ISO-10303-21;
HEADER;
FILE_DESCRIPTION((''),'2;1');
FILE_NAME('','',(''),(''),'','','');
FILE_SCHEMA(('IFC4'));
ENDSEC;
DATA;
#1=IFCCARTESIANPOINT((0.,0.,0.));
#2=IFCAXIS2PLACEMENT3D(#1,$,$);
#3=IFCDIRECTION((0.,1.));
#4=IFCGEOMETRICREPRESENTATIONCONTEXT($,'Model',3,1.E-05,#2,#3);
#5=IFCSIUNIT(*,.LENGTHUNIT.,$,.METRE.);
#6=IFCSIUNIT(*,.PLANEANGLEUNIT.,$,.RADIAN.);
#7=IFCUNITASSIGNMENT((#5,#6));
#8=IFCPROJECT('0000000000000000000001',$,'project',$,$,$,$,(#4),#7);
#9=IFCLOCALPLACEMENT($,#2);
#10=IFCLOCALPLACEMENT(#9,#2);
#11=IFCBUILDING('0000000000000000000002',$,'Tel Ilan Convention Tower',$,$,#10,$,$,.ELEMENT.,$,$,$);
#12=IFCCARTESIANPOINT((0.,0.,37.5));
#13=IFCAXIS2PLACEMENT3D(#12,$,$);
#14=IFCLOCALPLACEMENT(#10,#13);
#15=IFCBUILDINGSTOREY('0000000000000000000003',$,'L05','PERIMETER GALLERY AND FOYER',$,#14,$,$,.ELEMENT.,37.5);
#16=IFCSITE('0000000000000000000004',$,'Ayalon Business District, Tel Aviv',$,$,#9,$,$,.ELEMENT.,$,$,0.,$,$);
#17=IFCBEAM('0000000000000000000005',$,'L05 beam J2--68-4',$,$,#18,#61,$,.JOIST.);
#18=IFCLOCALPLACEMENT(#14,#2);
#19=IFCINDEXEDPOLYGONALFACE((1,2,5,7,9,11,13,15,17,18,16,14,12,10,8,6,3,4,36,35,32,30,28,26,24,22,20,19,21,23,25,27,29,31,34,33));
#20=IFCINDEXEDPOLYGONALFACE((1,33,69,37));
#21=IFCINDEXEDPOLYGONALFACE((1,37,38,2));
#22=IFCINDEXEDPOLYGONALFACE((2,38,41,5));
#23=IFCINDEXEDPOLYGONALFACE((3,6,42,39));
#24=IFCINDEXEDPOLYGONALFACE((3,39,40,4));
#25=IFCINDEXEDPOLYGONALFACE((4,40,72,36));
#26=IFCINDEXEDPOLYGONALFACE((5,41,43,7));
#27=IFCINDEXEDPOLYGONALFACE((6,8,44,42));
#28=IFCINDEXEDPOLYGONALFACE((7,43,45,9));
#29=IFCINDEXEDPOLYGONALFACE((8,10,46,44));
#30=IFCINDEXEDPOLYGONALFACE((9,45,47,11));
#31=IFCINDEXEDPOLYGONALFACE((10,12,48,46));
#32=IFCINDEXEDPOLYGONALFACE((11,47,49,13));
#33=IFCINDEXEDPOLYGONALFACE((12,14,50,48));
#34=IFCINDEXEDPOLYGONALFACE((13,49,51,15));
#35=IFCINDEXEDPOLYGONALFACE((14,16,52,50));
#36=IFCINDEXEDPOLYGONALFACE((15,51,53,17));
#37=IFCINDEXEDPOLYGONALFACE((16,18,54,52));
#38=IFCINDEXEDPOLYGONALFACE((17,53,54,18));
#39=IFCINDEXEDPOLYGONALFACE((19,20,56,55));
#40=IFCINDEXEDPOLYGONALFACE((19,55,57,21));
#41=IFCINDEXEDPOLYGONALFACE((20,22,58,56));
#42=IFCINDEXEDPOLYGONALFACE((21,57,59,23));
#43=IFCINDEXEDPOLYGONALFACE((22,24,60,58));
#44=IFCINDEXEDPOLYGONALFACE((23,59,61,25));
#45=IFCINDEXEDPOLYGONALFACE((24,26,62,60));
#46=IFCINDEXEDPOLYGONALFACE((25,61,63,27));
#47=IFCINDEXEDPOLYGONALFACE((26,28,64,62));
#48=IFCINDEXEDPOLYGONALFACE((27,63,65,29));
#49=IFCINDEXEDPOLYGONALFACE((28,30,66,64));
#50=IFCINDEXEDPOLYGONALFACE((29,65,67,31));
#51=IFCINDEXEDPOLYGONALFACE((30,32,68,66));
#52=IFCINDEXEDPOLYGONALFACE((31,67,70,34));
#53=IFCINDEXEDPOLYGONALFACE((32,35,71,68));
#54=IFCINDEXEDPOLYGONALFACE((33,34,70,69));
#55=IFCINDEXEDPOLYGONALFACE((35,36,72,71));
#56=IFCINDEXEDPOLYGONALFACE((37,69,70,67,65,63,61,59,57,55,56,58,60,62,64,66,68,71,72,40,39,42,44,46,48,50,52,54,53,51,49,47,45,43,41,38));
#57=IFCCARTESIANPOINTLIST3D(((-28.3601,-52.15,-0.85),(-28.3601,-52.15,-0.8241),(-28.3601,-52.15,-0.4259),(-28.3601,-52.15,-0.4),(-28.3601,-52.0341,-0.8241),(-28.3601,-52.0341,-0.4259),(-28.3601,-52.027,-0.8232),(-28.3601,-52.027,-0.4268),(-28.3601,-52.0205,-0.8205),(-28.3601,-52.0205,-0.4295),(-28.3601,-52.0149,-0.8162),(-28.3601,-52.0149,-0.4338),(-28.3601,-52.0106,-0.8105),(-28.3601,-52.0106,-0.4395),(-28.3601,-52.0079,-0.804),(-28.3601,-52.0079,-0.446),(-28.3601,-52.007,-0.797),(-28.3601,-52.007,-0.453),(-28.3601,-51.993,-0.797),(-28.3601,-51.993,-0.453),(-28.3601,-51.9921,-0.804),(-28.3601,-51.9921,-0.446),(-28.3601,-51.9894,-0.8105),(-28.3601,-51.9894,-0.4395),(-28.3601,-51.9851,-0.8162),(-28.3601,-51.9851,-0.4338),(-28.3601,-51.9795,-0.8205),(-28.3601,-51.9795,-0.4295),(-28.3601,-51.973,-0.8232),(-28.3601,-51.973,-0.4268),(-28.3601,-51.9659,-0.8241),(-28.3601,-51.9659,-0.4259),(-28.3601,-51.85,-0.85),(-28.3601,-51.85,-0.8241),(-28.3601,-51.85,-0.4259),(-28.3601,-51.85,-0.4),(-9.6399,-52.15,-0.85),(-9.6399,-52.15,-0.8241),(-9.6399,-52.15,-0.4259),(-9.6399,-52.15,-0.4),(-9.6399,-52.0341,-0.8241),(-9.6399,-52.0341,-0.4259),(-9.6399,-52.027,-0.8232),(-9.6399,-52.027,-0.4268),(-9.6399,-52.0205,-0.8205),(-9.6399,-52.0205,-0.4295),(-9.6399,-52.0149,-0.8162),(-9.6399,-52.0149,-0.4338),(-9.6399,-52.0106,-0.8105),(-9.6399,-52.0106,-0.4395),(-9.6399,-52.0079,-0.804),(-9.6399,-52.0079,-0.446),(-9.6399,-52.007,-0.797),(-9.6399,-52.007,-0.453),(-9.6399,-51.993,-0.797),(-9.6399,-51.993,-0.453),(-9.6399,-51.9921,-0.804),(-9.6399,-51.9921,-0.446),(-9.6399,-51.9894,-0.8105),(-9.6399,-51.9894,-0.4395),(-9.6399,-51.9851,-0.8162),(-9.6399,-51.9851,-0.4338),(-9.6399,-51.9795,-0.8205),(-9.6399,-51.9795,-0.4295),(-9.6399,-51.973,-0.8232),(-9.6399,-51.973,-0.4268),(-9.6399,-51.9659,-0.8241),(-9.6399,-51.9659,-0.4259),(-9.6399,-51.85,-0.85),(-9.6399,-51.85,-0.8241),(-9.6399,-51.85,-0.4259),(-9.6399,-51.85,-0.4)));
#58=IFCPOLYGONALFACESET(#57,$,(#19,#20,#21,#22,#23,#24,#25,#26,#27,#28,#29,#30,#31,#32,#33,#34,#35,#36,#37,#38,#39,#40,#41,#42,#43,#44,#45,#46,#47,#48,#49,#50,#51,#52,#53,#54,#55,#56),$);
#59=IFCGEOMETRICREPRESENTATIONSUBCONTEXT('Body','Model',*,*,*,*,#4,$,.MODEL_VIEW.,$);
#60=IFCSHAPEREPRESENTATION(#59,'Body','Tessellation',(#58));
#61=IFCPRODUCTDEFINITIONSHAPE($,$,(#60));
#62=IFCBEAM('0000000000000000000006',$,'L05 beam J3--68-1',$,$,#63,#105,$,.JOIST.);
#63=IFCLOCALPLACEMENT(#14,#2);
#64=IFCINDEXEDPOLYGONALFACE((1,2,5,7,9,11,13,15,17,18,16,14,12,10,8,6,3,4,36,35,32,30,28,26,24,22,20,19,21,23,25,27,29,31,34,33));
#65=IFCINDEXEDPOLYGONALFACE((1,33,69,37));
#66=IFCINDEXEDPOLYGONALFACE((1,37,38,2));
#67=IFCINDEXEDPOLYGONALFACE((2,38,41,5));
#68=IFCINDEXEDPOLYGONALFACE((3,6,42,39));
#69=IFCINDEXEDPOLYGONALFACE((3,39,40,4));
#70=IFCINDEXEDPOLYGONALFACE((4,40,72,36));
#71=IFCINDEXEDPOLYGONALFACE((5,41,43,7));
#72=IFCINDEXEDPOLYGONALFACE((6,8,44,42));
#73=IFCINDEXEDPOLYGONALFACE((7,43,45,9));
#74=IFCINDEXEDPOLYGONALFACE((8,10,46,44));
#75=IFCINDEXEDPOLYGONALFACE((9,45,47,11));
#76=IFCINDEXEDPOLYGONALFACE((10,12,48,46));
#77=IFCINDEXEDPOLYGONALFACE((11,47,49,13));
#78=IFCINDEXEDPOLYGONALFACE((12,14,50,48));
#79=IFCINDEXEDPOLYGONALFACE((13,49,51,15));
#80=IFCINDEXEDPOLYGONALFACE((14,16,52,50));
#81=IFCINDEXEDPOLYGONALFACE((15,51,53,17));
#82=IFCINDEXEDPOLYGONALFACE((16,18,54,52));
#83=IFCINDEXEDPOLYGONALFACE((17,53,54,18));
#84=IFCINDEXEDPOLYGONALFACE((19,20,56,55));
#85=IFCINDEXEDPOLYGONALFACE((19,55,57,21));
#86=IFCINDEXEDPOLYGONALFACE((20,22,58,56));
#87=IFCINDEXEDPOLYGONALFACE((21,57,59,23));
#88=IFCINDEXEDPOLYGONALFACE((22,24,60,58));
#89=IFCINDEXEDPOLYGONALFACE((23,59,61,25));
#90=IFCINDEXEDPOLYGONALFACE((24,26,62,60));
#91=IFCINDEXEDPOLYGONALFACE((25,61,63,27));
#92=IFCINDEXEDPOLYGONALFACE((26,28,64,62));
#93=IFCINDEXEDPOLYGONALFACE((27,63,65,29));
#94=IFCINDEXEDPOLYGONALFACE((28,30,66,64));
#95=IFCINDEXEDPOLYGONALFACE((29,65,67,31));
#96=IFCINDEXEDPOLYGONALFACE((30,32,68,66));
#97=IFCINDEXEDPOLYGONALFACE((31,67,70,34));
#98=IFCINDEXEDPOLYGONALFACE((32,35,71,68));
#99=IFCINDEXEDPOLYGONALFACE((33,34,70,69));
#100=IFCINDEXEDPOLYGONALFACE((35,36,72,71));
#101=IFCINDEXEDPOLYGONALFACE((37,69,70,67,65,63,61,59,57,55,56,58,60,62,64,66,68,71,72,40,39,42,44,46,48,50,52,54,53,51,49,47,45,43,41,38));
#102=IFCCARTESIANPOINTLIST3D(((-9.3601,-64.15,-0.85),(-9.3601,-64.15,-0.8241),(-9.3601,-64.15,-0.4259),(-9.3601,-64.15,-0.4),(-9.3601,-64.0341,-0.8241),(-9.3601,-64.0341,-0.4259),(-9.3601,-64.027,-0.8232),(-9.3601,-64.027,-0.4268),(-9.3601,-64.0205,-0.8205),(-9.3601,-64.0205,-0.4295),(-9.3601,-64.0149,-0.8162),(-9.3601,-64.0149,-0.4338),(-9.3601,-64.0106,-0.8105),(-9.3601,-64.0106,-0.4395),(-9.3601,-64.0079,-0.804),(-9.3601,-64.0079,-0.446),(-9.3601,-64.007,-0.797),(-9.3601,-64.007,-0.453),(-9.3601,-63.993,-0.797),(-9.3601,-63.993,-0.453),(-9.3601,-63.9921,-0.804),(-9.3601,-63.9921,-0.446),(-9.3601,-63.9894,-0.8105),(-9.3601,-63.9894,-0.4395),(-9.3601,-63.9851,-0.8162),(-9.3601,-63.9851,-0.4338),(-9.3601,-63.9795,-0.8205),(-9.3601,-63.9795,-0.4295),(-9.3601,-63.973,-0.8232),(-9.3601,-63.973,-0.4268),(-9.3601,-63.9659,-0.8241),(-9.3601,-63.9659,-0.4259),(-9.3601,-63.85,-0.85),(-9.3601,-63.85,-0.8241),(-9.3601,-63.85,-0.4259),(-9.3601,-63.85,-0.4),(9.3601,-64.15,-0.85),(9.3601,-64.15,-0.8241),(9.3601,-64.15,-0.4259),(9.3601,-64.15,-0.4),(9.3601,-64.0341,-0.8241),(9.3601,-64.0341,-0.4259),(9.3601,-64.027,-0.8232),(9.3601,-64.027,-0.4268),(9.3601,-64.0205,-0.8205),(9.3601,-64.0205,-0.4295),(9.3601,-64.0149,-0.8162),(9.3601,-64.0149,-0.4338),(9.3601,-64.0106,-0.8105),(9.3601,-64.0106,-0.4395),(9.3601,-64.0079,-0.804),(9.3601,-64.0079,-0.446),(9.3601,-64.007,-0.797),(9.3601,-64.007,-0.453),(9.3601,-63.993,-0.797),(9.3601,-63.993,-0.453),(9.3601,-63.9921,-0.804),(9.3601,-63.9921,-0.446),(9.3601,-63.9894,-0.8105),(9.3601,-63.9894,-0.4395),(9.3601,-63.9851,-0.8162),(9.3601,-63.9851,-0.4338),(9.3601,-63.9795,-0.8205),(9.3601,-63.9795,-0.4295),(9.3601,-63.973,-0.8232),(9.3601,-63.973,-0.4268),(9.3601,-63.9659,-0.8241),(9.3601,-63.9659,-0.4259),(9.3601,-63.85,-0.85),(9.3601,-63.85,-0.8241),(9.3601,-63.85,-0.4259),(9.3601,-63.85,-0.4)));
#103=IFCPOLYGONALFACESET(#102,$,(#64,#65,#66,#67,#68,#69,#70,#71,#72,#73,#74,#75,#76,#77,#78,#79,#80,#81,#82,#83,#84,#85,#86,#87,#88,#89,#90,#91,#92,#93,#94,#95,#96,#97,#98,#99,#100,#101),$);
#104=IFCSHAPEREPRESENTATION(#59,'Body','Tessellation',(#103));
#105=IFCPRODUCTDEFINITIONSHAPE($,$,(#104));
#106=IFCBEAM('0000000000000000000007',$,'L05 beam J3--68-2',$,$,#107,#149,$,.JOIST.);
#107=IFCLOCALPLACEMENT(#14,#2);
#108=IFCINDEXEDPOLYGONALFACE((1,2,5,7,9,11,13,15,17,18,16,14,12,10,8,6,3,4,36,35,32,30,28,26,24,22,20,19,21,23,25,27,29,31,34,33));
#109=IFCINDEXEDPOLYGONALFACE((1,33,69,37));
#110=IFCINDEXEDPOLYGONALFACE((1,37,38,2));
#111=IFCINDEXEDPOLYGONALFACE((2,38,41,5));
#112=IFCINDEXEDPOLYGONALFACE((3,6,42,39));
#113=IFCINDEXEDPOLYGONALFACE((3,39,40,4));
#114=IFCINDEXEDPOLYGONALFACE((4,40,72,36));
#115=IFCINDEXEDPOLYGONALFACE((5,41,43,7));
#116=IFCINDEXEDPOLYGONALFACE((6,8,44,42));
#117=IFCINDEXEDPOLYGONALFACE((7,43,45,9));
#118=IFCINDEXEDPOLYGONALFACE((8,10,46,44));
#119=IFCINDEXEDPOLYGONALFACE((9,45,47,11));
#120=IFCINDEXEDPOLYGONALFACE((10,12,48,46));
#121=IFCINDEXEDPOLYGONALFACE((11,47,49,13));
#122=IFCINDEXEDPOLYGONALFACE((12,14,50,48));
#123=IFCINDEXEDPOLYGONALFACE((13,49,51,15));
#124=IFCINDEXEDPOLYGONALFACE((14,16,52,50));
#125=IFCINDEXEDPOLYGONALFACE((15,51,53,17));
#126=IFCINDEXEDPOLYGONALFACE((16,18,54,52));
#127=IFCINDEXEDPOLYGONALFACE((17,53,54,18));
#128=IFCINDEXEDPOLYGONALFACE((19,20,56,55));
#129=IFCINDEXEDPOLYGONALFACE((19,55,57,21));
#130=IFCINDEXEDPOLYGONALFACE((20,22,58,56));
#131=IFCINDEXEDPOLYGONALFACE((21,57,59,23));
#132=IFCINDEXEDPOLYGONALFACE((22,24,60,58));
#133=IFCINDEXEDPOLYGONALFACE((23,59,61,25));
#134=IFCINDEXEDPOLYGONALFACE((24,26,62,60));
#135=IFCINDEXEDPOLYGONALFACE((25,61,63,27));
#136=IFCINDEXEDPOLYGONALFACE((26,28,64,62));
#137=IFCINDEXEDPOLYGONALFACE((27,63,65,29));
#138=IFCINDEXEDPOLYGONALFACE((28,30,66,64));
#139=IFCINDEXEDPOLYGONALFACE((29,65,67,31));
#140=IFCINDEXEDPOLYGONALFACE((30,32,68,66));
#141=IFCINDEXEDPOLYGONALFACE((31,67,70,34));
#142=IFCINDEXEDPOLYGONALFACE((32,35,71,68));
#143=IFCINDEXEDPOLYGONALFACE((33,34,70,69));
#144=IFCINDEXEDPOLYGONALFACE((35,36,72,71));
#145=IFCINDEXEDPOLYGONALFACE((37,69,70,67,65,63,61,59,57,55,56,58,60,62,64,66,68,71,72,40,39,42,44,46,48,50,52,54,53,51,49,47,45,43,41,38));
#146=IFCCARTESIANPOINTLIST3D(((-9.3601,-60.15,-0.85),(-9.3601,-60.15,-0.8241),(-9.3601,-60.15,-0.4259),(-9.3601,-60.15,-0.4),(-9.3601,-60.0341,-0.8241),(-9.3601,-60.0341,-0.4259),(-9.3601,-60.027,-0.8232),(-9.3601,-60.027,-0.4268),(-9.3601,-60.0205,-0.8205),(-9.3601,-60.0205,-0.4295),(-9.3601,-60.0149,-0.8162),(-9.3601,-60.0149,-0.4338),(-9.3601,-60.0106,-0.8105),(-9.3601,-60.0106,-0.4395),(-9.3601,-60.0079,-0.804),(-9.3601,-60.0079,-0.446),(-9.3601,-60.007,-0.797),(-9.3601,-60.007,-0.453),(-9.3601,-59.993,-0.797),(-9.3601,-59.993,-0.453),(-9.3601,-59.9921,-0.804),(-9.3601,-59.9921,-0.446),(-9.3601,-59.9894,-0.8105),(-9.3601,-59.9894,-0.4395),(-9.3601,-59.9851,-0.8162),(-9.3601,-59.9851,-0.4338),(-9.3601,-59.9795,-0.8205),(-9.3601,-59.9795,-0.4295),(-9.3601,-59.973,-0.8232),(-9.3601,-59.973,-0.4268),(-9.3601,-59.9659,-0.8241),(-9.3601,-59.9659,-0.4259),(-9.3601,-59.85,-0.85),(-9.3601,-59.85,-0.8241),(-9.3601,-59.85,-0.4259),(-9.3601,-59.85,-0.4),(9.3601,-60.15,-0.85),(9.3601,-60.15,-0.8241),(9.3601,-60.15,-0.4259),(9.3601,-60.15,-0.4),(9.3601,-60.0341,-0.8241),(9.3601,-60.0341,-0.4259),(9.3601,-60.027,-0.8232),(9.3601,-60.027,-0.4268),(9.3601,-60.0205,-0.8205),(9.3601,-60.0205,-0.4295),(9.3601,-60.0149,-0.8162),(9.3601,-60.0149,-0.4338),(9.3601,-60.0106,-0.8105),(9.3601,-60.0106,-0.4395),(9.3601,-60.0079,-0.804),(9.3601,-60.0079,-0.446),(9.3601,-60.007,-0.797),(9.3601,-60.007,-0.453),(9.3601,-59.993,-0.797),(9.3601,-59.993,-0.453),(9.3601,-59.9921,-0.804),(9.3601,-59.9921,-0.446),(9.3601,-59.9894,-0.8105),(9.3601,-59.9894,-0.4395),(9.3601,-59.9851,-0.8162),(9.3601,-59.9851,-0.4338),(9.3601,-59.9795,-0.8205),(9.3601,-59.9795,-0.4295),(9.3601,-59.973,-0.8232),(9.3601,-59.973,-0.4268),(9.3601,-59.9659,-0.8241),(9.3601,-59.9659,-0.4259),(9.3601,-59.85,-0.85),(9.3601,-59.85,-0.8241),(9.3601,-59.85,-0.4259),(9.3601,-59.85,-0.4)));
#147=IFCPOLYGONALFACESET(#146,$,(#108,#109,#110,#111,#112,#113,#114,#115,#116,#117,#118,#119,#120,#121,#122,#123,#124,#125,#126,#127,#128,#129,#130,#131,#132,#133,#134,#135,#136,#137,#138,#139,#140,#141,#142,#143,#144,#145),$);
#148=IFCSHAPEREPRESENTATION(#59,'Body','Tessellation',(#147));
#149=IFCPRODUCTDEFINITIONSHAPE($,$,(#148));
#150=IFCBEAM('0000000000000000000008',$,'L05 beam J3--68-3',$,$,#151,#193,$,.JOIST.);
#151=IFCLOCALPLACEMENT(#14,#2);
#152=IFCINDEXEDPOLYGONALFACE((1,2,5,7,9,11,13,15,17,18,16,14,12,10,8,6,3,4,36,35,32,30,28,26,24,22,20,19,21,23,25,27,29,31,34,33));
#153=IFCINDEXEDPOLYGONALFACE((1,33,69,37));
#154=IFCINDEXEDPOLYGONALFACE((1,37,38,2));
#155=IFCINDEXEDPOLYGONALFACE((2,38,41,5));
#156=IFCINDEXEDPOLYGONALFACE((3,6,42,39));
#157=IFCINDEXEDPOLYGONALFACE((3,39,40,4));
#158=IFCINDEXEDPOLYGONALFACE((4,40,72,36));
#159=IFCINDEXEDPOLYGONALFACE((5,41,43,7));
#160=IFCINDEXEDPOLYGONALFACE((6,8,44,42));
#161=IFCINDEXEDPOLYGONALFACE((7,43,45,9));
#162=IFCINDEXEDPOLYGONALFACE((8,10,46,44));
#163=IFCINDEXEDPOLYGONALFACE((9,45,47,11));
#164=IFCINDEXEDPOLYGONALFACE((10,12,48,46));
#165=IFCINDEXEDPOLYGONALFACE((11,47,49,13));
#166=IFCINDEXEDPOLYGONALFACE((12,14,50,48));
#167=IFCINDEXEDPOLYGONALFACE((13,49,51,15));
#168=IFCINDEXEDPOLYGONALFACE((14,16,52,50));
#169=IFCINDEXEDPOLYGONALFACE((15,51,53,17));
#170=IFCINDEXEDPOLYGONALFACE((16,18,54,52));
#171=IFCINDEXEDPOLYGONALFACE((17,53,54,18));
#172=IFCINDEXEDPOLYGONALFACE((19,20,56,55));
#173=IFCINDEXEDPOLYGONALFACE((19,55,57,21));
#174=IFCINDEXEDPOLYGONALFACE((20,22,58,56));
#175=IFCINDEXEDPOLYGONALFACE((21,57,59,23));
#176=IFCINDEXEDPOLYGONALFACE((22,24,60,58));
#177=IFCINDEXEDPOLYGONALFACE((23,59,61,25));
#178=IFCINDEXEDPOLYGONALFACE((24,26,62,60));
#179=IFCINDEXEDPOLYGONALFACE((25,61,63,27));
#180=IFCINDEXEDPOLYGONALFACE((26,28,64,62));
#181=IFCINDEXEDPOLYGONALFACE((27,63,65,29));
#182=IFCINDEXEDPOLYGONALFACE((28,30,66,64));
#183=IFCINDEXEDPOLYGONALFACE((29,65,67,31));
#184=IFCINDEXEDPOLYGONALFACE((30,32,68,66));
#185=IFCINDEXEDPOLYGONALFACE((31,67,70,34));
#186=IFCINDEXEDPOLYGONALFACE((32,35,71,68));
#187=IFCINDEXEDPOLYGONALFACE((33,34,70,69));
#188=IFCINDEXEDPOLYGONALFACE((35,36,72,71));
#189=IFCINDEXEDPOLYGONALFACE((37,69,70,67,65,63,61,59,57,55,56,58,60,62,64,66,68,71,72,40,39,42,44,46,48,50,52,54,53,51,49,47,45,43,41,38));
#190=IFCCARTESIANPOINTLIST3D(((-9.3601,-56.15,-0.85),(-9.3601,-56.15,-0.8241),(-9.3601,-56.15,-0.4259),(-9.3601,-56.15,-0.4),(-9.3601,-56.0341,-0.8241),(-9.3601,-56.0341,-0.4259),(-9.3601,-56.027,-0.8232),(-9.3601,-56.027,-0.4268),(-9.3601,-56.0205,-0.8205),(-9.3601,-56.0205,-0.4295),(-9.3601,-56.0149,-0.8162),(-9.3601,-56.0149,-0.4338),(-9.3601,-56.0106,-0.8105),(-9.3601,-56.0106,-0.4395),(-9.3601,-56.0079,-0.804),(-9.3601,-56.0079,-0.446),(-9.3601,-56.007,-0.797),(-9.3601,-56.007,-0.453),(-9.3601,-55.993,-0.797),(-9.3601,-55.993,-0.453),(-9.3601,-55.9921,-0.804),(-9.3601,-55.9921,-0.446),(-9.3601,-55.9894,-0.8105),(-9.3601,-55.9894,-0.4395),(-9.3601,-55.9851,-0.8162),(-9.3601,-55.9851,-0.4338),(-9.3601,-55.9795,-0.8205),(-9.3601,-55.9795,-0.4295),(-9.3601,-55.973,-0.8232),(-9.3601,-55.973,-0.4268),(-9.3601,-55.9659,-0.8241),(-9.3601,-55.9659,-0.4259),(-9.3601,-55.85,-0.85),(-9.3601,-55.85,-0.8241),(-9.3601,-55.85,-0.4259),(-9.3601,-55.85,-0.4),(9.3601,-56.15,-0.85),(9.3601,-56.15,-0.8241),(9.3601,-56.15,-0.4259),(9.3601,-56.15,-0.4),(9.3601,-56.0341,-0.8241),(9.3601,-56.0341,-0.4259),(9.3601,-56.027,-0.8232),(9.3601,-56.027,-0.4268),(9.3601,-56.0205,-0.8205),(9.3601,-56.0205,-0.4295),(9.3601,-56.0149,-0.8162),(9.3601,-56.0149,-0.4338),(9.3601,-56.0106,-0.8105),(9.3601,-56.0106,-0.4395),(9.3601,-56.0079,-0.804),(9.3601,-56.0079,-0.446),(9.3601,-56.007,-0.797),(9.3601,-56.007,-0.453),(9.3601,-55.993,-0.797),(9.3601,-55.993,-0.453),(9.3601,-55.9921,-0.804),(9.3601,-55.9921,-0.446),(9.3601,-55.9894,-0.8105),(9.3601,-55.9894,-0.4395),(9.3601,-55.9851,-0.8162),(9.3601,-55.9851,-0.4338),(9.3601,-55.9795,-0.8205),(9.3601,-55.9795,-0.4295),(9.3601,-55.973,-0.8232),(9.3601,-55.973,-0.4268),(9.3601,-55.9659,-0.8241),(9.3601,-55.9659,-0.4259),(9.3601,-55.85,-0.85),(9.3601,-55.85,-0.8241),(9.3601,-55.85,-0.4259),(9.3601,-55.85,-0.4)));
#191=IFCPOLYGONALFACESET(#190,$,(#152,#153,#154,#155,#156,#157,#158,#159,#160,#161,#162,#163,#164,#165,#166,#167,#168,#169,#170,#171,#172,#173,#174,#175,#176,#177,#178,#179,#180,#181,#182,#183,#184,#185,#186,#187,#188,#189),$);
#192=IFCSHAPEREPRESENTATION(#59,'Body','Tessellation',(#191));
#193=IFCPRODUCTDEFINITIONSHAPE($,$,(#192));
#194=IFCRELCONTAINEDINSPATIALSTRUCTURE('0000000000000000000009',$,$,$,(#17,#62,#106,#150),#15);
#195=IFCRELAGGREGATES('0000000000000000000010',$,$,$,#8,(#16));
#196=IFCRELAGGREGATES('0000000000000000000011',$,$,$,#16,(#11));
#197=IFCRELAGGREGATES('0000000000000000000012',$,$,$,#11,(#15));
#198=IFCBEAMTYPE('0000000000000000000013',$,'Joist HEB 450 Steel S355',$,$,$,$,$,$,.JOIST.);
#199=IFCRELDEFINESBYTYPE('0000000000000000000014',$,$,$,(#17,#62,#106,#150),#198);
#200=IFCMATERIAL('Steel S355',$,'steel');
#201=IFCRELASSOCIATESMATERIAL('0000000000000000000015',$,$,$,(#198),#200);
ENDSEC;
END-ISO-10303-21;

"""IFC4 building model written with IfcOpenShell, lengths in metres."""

from ifc_helpers import new_model, si_unit, direction, frame, origin, origin_2d, place, context, subcontext, project, spatial, i_section, extrude, material, material_profile, profile_set, type_object, element, save


model = new_model("IFC4")

# Units and contexts
model_context = context("Model", 3, precision=1e-05, world=origin(), true_north=direction((0.0, 1.0)))
body_context = subcontext(model_context, "Body", "Model", "MODEL_VIEW")
ifc_project = project(units=[si_unit("LENGTHUNIT", "METRE"), si_unit("PLANEANGLEUNIT", "RADIAN")], contexts=[model_context])

# Site, building, storey
site_placement = place(None, origin())
site = spatial("IfcSite", under=ifc_project, at=site_placement, Name="Ayalon Business District, Tel Aviv", CompositionType="ELEMENT", RefElevation=0.0)
building_placement = place(site_placement, origin())
building = spatial("IfcBuilding", under=site, at=building_placement, Name="Tel Ilan Convention Tower", CompositionType="ELEMENT")
storey_placement = place(building_placement, frame((0.0, 0.0, 37.5)))
storey = spatial("IfcBuildingStorey", under=building, at=storey_placement, Name="L05", Description="PERIMETER GALLERY AND FOYER", CompositionType="ELEMENT", Elevation=37.5)

# Beams
ifc_material_1 = material(Name="Steel S355", Category="steel")
ifc_material_profile_1 = material_profile(ifc_material_1, i_section(OverallWidth=0.3, OverallDepth=0.45, WebThickness=0.0139, FlangeThickness=0.0259, FilletRadius=0.0271, at=origin_2d()), Name="HEB 450")
ifc_profile_set_1 = profile_set([ifc_material_profile_1], Name="Steel S355")
beam_type_1 = type_object("IfcBeamType", Name="Joist HEB 450 Steel S355", PredefinedType="JOIST", material=ifc_profile_set_1)
for number, where, z_axis, x_axis, name in (
    (1, (-28.3601, -52.0, -0.625), (1.0, 0.0, 0.0), (0.0, 1.0, 0.0), "L05 beam J2--68-4"),
    (2, (-9.3601, -64.0, -0.625), (1.0, 0.0, 0.0), (0.0, 1.0, 0.0), "L05 beam J3--68-1"),
    (3, (-9.3601, -60.0, -0.625), (1.0, 0.0, 0.0), (0.0, 1.0, 0.0), "L05 beam J3--68-2"),
    (4, (-9.3601, -56.0, -0.625), (1.0, 0.0, 0.0), (0.0, 1.0, 0.0), "L05 beam J3--68-3"),
):
    element("IfcBeam", number, at=place(storey_placement, frame(where, z_axis=z_axis, x_axis=x_axis)), inside=storey, type_object=beam_type_1, Name=name, PredefinedType="JOIST", context=body_context, shape_type="SweptSolid", body=[
        extrude(i_section(OverallWidth=0.3, OverallDepth=0.45, WebThickness=0.0139, FlangeThickness=0.0259, FilletRadius=0.0271, at=origin_2d()), origin(), (0.0, 0.0, 1.0), 18.7202),
    ])

save(model, "model.ifc")
